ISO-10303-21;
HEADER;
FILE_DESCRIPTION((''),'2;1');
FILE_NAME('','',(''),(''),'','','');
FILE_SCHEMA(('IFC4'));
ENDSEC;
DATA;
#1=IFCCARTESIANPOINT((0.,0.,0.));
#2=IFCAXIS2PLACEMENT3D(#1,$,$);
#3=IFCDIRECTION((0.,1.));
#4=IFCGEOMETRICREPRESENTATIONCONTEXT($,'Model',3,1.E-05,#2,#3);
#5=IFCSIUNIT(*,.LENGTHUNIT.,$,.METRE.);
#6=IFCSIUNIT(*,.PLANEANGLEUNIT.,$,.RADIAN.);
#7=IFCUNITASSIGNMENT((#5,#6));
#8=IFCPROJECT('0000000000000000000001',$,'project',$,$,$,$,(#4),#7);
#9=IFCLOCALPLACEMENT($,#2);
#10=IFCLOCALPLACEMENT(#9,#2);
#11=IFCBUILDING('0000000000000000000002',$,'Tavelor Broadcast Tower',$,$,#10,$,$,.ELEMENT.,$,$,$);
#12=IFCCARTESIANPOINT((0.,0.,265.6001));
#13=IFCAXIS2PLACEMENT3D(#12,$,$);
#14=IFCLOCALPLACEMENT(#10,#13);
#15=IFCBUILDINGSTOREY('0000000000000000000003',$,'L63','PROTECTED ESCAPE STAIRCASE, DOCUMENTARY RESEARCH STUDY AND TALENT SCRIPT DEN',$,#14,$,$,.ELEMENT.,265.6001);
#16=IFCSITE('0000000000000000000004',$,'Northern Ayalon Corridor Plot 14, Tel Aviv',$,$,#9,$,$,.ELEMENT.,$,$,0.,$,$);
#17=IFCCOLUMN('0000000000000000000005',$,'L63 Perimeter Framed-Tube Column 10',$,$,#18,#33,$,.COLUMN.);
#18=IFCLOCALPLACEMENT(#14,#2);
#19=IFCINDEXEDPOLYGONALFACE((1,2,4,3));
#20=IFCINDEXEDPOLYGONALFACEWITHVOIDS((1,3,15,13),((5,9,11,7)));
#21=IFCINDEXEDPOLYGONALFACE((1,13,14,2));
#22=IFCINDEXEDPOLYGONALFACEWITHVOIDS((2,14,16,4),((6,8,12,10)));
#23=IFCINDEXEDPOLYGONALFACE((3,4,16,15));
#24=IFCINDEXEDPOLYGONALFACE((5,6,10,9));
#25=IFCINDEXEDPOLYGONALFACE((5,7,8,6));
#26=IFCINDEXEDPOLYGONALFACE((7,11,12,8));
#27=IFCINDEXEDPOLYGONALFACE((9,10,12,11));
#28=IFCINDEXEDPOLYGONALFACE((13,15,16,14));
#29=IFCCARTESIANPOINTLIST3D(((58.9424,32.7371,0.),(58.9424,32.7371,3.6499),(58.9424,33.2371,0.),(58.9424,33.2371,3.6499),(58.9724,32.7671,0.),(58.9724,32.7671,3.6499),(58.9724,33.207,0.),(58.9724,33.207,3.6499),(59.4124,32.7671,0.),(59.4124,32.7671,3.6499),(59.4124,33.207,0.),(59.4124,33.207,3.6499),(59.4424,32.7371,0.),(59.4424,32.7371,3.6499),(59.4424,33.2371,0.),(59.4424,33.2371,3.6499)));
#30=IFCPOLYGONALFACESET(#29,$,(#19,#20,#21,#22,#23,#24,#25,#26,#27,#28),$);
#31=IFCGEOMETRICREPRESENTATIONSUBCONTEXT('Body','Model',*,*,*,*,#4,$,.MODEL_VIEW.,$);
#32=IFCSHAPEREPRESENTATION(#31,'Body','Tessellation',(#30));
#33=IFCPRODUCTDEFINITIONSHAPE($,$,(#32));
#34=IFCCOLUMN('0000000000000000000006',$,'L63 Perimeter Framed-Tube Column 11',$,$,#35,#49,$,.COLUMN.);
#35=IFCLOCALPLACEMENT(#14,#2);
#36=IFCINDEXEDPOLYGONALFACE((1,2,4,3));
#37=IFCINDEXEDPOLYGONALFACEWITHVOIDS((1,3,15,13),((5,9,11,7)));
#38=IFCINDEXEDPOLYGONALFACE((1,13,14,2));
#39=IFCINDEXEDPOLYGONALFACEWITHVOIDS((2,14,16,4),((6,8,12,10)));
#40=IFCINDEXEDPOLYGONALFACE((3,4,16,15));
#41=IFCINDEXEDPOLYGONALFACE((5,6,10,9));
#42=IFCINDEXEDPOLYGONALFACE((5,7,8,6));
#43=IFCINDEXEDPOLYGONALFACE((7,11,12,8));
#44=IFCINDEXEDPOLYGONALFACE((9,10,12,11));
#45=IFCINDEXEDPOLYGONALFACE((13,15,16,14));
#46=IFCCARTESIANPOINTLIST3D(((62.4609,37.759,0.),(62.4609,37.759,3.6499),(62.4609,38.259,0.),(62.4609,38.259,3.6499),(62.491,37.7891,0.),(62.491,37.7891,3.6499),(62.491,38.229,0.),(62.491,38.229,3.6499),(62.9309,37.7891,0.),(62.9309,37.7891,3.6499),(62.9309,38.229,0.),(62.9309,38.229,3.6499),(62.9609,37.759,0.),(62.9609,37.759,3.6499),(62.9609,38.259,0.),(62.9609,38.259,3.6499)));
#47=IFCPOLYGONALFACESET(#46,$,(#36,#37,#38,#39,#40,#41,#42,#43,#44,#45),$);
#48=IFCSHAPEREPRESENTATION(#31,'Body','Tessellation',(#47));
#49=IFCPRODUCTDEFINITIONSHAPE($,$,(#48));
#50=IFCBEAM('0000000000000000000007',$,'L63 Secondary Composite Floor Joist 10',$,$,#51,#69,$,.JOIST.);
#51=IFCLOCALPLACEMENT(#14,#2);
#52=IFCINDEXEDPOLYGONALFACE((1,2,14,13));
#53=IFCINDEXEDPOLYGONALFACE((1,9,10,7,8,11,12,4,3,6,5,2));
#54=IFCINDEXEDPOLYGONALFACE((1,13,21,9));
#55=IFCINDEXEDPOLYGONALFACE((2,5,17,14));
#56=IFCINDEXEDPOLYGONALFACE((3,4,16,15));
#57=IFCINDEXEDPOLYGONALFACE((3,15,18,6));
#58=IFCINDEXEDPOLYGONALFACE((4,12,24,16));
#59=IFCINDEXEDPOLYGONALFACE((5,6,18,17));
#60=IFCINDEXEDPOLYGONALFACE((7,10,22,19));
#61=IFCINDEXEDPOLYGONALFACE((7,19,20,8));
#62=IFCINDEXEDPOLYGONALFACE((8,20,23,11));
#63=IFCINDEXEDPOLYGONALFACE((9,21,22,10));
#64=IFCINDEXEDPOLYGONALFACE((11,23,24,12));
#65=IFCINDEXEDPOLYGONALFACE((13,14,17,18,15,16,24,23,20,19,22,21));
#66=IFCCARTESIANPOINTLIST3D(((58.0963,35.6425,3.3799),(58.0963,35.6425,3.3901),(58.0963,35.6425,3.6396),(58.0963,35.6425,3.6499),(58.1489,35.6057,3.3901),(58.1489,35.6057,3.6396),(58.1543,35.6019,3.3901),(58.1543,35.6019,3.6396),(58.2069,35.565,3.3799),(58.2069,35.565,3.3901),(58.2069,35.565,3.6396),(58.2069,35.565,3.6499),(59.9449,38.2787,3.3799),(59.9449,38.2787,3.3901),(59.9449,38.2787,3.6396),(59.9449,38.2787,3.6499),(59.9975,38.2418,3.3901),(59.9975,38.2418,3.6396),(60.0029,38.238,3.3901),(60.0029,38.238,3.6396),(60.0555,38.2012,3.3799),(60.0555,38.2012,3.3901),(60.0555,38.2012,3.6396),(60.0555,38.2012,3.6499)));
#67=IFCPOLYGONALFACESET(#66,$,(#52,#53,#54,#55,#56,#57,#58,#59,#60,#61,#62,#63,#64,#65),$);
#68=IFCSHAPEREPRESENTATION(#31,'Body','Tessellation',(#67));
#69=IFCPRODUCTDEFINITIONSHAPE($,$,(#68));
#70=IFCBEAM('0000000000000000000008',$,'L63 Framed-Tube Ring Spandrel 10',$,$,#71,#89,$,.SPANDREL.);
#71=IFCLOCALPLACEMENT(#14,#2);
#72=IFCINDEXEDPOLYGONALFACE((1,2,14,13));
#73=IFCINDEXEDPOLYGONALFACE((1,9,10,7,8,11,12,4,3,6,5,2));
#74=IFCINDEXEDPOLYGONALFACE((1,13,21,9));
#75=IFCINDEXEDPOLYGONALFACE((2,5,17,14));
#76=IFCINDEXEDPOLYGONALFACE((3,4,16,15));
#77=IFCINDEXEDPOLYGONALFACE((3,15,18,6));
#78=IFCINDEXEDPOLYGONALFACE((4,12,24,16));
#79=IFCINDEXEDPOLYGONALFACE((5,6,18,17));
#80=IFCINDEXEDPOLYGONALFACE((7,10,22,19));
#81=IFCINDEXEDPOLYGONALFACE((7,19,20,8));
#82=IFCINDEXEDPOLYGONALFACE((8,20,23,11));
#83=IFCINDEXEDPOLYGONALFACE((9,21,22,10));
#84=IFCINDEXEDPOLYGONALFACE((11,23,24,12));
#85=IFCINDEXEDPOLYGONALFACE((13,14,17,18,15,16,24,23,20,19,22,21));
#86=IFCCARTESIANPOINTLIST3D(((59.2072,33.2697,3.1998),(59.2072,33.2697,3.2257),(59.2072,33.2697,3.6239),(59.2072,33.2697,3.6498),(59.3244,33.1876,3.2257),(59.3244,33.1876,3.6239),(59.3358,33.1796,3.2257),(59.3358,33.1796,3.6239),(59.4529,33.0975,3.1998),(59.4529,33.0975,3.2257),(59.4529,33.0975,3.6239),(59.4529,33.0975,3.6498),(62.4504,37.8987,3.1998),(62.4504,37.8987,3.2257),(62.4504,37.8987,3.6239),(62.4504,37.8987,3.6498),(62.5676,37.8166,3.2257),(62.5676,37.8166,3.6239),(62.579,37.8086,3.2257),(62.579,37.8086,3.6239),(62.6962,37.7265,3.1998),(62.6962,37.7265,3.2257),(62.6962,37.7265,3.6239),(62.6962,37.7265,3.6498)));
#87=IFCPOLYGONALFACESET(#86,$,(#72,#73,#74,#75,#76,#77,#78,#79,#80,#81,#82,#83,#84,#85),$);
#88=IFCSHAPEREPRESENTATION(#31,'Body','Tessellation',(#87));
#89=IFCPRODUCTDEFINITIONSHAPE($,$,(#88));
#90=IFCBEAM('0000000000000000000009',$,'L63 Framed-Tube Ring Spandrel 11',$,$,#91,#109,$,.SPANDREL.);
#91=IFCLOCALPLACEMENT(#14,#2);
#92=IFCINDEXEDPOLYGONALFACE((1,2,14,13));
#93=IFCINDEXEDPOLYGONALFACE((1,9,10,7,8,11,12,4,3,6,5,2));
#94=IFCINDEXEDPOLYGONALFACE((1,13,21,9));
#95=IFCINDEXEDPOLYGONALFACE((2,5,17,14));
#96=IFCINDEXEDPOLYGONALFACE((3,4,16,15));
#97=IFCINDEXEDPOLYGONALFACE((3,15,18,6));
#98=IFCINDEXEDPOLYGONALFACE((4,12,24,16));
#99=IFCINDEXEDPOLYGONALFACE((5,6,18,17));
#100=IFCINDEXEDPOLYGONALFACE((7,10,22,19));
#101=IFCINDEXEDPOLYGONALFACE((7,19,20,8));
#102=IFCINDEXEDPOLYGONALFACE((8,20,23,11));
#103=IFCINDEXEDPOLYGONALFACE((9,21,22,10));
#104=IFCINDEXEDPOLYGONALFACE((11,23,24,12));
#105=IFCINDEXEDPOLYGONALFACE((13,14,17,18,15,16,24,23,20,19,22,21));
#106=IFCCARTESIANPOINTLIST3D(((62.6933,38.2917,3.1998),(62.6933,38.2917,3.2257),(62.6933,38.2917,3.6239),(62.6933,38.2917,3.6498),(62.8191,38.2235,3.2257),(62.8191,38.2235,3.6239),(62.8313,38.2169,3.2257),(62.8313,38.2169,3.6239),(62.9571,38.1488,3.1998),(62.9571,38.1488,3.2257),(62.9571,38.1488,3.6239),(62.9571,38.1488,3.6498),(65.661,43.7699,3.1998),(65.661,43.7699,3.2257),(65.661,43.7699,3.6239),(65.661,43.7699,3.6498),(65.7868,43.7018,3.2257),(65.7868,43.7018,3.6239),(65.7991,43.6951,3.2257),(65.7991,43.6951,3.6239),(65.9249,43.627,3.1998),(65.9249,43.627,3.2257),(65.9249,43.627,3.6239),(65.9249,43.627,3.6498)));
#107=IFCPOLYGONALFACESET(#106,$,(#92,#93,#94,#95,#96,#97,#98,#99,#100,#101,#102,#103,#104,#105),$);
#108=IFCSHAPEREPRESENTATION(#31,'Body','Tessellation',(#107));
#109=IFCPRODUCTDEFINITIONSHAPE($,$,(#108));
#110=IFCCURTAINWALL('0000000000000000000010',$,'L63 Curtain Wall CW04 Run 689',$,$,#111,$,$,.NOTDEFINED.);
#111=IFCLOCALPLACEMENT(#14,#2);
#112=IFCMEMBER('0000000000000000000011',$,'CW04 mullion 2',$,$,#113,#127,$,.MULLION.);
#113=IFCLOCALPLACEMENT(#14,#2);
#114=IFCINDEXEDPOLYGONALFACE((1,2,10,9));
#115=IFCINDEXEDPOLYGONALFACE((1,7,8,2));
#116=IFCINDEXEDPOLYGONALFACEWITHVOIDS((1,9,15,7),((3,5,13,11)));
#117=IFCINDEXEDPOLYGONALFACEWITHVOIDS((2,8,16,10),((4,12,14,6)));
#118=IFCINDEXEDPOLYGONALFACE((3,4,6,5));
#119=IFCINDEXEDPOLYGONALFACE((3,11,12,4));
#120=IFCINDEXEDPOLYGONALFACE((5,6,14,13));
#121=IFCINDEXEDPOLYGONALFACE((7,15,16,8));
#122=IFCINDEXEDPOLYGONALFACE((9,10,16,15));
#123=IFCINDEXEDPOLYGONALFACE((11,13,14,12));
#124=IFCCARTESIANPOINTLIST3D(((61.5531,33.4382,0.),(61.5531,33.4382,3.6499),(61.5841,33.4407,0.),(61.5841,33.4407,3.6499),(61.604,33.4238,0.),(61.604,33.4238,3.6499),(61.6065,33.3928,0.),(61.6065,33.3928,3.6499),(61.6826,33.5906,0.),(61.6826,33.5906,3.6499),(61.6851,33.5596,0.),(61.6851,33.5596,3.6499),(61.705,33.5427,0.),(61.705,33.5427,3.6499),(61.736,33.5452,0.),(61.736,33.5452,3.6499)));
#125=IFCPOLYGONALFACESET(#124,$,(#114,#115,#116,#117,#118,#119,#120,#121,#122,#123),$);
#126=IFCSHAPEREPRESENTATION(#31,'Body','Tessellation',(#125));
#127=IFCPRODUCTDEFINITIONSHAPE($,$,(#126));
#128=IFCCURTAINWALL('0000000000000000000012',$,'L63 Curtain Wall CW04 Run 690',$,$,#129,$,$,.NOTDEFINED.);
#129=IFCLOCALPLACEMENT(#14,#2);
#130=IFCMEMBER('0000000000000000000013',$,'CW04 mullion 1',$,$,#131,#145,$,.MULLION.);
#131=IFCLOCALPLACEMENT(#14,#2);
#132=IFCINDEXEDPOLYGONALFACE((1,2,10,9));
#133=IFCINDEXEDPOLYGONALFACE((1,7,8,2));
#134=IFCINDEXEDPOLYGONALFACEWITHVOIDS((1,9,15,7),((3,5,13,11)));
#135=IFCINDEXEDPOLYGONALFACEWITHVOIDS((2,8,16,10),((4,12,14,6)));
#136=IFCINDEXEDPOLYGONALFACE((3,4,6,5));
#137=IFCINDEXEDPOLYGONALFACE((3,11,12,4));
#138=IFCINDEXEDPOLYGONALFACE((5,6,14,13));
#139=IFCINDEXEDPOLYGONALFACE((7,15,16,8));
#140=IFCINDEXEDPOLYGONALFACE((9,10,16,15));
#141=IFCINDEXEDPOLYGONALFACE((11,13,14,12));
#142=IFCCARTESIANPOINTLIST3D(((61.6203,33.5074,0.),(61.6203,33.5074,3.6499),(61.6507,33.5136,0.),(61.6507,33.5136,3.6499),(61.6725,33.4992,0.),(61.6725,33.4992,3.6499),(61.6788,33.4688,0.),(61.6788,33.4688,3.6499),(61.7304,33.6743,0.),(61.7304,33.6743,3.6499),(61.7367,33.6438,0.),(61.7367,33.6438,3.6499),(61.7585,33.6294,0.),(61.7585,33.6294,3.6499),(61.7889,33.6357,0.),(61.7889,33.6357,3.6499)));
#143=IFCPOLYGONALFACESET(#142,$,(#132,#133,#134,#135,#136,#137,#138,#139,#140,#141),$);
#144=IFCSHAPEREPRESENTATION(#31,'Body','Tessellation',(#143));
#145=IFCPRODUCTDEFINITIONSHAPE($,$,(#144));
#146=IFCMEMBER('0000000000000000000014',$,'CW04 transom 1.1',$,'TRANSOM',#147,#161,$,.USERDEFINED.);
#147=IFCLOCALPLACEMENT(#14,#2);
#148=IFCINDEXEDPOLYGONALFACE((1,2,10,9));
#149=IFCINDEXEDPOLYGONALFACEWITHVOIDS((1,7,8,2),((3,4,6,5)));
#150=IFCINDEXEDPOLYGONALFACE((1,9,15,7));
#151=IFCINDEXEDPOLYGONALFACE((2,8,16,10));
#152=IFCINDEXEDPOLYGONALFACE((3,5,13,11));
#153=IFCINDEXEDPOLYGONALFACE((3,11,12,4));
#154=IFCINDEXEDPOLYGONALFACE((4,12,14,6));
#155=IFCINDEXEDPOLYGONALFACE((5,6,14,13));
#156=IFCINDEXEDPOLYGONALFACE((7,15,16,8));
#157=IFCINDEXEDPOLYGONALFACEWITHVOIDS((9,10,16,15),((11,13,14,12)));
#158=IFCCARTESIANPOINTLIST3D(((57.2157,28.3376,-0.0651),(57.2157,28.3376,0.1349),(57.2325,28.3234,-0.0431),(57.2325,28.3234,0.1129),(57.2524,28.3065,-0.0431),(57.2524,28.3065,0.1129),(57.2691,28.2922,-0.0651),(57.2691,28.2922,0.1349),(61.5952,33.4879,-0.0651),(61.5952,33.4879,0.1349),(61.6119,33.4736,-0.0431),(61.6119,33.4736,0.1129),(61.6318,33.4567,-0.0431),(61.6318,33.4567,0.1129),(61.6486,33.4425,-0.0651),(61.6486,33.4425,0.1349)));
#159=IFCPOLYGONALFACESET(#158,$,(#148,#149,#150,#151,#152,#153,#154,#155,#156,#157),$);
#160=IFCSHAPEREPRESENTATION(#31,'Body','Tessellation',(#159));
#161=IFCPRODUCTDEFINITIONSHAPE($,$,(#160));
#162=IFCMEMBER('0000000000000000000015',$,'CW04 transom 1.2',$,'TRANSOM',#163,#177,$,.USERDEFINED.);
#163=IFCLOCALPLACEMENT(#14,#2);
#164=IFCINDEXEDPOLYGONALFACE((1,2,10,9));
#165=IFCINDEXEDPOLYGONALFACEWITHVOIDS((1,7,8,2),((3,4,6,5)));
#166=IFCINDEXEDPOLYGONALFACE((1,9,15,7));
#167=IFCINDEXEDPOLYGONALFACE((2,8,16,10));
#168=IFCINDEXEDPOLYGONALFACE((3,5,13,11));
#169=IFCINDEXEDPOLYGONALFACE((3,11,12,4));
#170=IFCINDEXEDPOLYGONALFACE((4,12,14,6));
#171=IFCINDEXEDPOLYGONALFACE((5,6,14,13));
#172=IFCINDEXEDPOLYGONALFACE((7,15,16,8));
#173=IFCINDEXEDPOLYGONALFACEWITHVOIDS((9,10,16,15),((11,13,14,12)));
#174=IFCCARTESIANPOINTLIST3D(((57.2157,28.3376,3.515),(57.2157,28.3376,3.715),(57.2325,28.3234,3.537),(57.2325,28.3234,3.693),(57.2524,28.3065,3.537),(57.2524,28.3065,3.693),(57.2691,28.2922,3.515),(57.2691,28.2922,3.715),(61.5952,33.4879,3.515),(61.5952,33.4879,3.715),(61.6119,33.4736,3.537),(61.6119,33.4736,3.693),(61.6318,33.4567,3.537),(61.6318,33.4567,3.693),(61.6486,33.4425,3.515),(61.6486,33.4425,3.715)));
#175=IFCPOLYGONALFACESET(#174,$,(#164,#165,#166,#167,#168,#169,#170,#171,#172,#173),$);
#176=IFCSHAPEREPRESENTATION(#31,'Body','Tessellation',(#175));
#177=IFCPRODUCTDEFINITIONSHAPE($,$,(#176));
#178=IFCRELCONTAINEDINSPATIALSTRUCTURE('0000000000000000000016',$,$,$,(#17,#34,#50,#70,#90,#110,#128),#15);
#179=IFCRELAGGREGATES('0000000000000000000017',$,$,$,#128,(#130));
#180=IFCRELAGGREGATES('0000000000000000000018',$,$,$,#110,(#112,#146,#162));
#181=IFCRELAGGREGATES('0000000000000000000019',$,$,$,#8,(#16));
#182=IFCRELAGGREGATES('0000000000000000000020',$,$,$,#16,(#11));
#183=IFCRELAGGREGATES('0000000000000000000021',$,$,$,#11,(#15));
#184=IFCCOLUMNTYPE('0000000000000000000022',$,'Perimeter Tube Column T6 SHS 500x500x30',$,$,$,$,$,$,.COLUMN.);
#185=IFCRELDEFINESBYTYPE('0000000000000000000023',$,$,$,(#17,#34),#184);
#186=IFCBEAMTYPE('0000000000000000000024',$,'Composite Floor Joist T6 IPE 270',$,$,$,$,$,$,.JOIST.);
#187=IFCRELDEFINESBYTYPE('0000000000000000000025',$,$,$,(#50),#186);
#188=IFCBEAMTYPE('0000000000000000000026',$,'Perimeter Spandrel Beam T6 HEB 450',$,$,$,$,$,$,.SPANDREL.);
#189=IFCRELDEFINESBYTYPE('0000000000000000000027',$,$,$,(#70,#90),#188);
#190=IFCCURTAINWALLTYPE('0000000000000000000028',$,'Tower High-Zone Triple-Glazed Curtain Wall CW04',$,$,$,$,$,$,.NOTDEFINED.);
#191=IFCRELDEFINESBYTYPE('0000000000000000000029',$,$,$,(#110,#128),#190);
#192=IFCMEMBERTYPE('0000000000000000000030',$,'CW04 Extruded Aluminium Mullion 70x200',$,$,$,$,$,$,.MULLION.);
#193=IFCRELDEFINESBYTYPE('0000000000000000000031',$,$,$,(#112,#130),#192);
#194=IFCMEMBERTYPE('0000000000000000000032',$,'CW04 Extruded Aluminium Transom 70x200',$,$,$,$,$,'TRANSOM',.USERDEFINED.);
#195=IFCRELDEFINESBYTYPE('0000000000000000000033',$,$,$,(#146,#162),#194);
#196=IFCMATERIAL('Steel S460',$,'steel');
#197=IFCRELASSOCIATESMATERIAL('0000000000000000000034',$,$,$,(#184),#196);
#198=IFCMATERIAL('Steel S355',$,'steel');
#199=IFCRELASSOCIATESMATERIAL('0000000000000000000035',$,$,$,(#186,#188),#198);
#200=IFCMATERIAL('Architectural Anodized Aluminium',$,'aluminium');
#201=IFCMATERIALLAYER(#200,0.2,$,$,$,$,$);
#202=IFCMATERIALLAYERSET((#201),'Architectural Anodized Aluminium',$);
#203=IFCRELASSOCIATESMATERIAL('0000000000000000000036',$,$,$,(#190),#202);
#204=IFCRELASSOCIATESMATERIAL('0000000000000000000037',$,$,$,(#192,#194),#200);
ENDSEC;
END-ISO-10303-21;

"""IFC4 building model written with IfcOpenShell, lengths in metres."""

from ifc_helpers import new_model, si_unit, direction, frame, origin, origin_2d, place, context, subcontext, project, spatial, hollow_rectangle, i_section, extrude, source, transform, mapped, material, layer, layer_set, material_profile, profile_set, type_object, type_shapes, element, aggregate, save


model = new_model("IFC4")

# Units and contexts
model_context = context("Model", 3, precision=1e-05, world=origin(), true_north=direction((0.0, 1.0)))
body_context = subcontext(model_context, "Body", "Model", "MODEL_VIEW")
ifc_project = project(units=[si_unit("LENGTHUNIT", "METRE"), si_unit("PLANEANGLEUNIT", "RADIAN")], contexts=[model_context])

# Site, building, storey
site_placement = place(None, origin())
site = spatial("IfcSite", under=ifc_project, at=site_placement, Name="Northern Ayalon Corridor Plot 14, Tel Aviv", CompositionType="ELEMENT", RefElevation=0.0)
building_placement = place(site_placement, origin())
building = spatial("IfcBuilding", under=site, at=building_placement, Name="Tavelor Broadcast Tower", CompositionType="ELEMENT")
storey_placement = place(building_placement, frame((0.0, 0.0, 265.6001)))
storey = spatial("IfcBuildingStorey", under=building, at=storey_placement, Name="L63", Description="PROTECTED ESCAPE STAIRCASE, DOCUMENTARY RESEARCH STUDY AND TALENT SCRIPT DEN", CompositionType="ELEMENT", Elevation=265.6001)

# Columns
ifc_material_1 = material(Name="Steel S460", Category="steel")
ifc_material_profile_1 = material_profile(ifc_material_1, hollow_rectangle(XDim=0.5, YDim=0.5, WallThickness=0.03, at=origin_2d()), Name="SHS 500x500x30")
ifc_profile_set_1 = profile_set([ifc_material_profile_1], Name="Steel S460")
column_type = type_object("IfcColumnType", Name="Perimeter Tube Column T6 SHS 500x500x30", PredefinedType="COLUMN", material=ifc_profile_set_1)
for number, where, z_axis, x_axis, name in (
    (1, (59.1924, 32.9871, 0.0), (0.0, 0.0, 1.0), (1.0, 0.0, 0.0), "L63 Perimeter Framed-Tube Column 10"),
    (2, (62.7109, 38.009, 0.0), (0.0, 0.0, 1.0), (1.0, 0.0, 0.0), "L63 Perimeter Framed-Tube Column 11"),
):
    element("IfcColumn", number, at=place(storey_placement, frame(where, z_axis=z_axis, x_axis=x_axis)), inside=storey, type_object=column_type, Name=name, PredefinedType="COLUMN", context=body_context, shape_type="SweptSolid", body=[
        extrude(hollow_rectangle(XDim=0.5, YDim=0.5, WallThickness=0.03, at=origin_2d()), origin(), (0.0, 0.0, 1.0), 3.6499),
    ])

# Beams
ifc_material_2 = material(Name="Steel S355", Category="steel")
ifc_material_profile_2 = material_profile(ifc_material_2, i_section(OverallWidth=0.135, OverallDepth=0.27, WebThickness=0.0066, FlangeThickness=0.0103, at=origin_2d()), Name="IPE 270")
ifc_profile_set_2 = profile_set([ifc_material_profile_2], Name="Steel S355")
beam_type_1 = type_object("IfcBeamType", Name="Composite Floor Joist T6 IPE 270", PredefinedType="JOIST", material=ifc_profile_set_2)
beam_1_placement = place(storey_placement, frame((58.1516, 35.6038, 3.5149), z_axis=(0.574144, 0.818754, 0.0), x_axis=(-0.818754, 0.574144, 0.0)))
element("IfcBeam", 3, at=beam_1_placement, inside=storey, type_object=beam_type_1, Name="L63 Secondary Composite Floor Joist 10", PredefinedType="JOIST", context=body_context, shape_type="SweptSolid", body=[
    extrude(i_section(OverallWidth=0.135, OverallDepth=0.27, WebThickness=0.0066, FlangeThickness=0.0103, at=origin_2d()), origin(), (0.0, 0.0, 1.0), 3.2197),
])
ifc_material_profile_3 = material_profile(ifc_material_2, i_section(OverallWidth=0.3, OverallDepth=0.45, WebThickness=0.0139, FlangeThickness=0.0259, at=origin_2d()), Name="HEB 450")
ifc_profile_set_3 = profile_set([ifc_material_profile_3], Name="Steel S355")
beam_type_2 = type_object("IfcBeamType", Name="Perimeter Spandrel Beam T6 HEB 450", PredefinedType="SPANDREL", material=ifc_profile_set_3)
beam_2_placement = place(storey_placement, frame((59.3301, 33.1836, 3.4248), z_axis=(0.57381, 0.818988, 0.0), x_axis=(-0.818988, 0.57381, 0.0)))
element("IfcBeam", 4, at=beam_2_placement, inside=storey, type_object=beam_type_2, Name="L63 Framed-Tube Ring Spandrel 10", PredefinedType="SPANDREL", context=body_context, shape_type="SweptSolid", body=[
    extrude(i_section(OverallWidth=0.3, OverallDepth=0.45, WebThickness=0.0139, FlangeThickness=0.0259, at=origin_2d()), origin(), (0.0, 0.0, 1.0), 5.6521),
])
beam_3_placement = place(storey_placement, frame((62.8252, 38.2202, 3.4248), z_axis=(0.47633, 0.879267, 0.0), x_axis=(-0.879267, 0.47633, 0.0)))
element("IfcBeam", 5, at=beam_3_placement, inside=storey, type_object=beam_type_2, Name="L63 Framed-Tube Ring Spandrel 11", PredefinedType="SPANDREL", context=body_context, shape_type="SweptSolid", body=[
    extrude(i_section(OverallWidth=0.3, OverallDepth=0.45, WebThickness=0.0139, FlangeThickness=0.0259, at=origin_2d()), origin(), (0.0, 0.0, 1.0), 6.2305),
])

# Curtain walls, members
ifc_material_3 = material(Name="Architectural Anodized Aluminium", Category="aluminium")
ifc_layer_1 = layer(ifc_material_3, 0.2)
ifc_layer_set_1 = layer_set([ifc_layer_1], Name="Architectural Anodized Aluminium")
curtain_wall_type = type_object("IfcCurtainWallType", Name="Tower High-Zone Triple-Glazed Curtain Wall CW04", PredefinedType="NOTDEFINED", material=ifc_layer_set_1)
curtain_wall_1_placement = place(storey_placement, origin())
curtain_wall_1 = element("IfcCurtainWall", 6, at=curtain_wall_1_placement, inside=storey, type_object=curtain_wall_type, Name="L63 Curtain Wall CW04 Run 689", PredefinedType="NOTDEFINED")
ifc_material_profile_4 = material_profile(ifc_material_3, hollow_rectangle(XDim=0.0701, YDim=0.2, WallThickness=0.022, at=origin_2d()), Name="RHS 70x200x22")
ifc_profile_set_4 = profile_set([ifc_material_profile_4], Name="Architectural Anodized Aluminium")
member_type_1 = type_object("IfcMemberType", Name="CW04 Extruded Aluminium Mullion 70x200", PredefinedType="MULLION", material=ifc_profile_set_4)
shared_shape_1 = source(origin(), body_context, "Body", "SweptSolid", [
    extrude(hollow_rectangle(XDim=0.0701, YDim=0.2, WallThickness=0.022, at=origin_2d()), origin(), (0.0, 0.0, 1.0), 3.6499),
])
type_shapes(member_type_1, [shared_shape_1])
member_1_placement = place(storey_placement, frame((61.6445, 33.4917, 0.0), z_axis=(0.0, 0.0, 1.0), x_axis=(-0.761822, 0.647786, 0.0)))
member_1 = element("IfcMember", 7, at=member_1_placement, type_object=member_type_1, Name="CW04 mullion 2", PredefinedType="MULLION", context=body_context, shape_type="MappedRepresentation", body=[
    mapped(shared_shape_1, transform((0.0, 0.0, 0.0), scale=1.0)),
])
curtain_wall_2_placement = place(storey_placement, origin())
curtain_wall_2 = element("IfcCurtainWall", 8, at=curtain_wall_2_placement, inside=storey, type_object=curtain_wall_type, Name="L63 Curtain Wall CW04 Run 690", PredefinedType="NOTDEFINED")
member_2_placement = place(storey_placement, frame((61.7046, 33.5715, 0.0), z_axis=(0.0, 0.0, 1.0), x_axis=(-0.834606, 0.550847, 0.0)))
member_2 = element("IfcMember", 9, at=member_2_placement, type_object=member_type_1, Name="CW04 mullion 1", PredefinedType="MULLION", context=body_context, shape_type="MappedRepresentation", body=[
    mapped(shared_shape_1, transform((0.0, 0.0, 0.0), scale=1.0)),
])

# Members
ifc_material_profile_5 = material_profile(ifc_material_3, hollow_rectangle(XDim=0.0701, YDim=0.2, WallThickness=0.022, at=origin_2d()), Name="RHS 70x200x22")
ifc_profile_set_5 = profile_set([ifc_material_profile_5], Name="Architectural Anodized Aluminium")
member_type_2 = type_object("IfcMemberType", Name="CW04 Extruded Aluminium Transom 70x200", ElementType="TRANSOM", PredefinedType="USERDEFINED", material=ifc_profile_set_5)
shared_shape_2 = source(origin(), body_context, "Body", "SweptSolid", [
    extrude(hollow_rectangle(XDim=0.0701, YDim=0.2, WallThickness=0.022, at=origin_2d()), origin(), (0.0, 0.0, 1.0), 6.7605),
])
member_3_placement = place(storey_placement, frame((57.2424, 28.3149, 0.0349), z_axis=(0.6478, 0.76181, 0.0), x_axis=(-0.76181, 0.6478, 0.0)))
member_3 = element("IfcMember", 10, at=member_3_placement, type_object=member_type_2, Name="CW04 transom 1.1", ObjectType="TRANSOM", PredefinedType="USERDEFINED", context=body_context, shape_type="MappedRepresentation", body=[
    mapped(shared_shape_2, transform((0.0, 0.0, 0.0), scale=1.0)),
])
member_4_placement = place(storey_placement, frame((57.2424, 28.3149, 3.615), z_axis=(0.6478, 0.76181, 0.0), x_axis=(-0.76181, 0.6478, 0.0)))
member_4 = element("IfcMember", 11, at=member_4_placement, type_object=member_type_2, Name="CW04 transom 1.2", ObjectType="TRANSOM", PredefinedType="USERDEFINED", context=body_context, shape_type="MappedRepresentation", body=[
    mapped(shared_shape_2, transform((0.0, 0.0, 0.0), scale=1.0)),
])

aggregate(curtain_wall_2, [member_2])
aggregate(curtain_wall_1, [member_1, member_3, member_4])

save(model, "model.ifc")
